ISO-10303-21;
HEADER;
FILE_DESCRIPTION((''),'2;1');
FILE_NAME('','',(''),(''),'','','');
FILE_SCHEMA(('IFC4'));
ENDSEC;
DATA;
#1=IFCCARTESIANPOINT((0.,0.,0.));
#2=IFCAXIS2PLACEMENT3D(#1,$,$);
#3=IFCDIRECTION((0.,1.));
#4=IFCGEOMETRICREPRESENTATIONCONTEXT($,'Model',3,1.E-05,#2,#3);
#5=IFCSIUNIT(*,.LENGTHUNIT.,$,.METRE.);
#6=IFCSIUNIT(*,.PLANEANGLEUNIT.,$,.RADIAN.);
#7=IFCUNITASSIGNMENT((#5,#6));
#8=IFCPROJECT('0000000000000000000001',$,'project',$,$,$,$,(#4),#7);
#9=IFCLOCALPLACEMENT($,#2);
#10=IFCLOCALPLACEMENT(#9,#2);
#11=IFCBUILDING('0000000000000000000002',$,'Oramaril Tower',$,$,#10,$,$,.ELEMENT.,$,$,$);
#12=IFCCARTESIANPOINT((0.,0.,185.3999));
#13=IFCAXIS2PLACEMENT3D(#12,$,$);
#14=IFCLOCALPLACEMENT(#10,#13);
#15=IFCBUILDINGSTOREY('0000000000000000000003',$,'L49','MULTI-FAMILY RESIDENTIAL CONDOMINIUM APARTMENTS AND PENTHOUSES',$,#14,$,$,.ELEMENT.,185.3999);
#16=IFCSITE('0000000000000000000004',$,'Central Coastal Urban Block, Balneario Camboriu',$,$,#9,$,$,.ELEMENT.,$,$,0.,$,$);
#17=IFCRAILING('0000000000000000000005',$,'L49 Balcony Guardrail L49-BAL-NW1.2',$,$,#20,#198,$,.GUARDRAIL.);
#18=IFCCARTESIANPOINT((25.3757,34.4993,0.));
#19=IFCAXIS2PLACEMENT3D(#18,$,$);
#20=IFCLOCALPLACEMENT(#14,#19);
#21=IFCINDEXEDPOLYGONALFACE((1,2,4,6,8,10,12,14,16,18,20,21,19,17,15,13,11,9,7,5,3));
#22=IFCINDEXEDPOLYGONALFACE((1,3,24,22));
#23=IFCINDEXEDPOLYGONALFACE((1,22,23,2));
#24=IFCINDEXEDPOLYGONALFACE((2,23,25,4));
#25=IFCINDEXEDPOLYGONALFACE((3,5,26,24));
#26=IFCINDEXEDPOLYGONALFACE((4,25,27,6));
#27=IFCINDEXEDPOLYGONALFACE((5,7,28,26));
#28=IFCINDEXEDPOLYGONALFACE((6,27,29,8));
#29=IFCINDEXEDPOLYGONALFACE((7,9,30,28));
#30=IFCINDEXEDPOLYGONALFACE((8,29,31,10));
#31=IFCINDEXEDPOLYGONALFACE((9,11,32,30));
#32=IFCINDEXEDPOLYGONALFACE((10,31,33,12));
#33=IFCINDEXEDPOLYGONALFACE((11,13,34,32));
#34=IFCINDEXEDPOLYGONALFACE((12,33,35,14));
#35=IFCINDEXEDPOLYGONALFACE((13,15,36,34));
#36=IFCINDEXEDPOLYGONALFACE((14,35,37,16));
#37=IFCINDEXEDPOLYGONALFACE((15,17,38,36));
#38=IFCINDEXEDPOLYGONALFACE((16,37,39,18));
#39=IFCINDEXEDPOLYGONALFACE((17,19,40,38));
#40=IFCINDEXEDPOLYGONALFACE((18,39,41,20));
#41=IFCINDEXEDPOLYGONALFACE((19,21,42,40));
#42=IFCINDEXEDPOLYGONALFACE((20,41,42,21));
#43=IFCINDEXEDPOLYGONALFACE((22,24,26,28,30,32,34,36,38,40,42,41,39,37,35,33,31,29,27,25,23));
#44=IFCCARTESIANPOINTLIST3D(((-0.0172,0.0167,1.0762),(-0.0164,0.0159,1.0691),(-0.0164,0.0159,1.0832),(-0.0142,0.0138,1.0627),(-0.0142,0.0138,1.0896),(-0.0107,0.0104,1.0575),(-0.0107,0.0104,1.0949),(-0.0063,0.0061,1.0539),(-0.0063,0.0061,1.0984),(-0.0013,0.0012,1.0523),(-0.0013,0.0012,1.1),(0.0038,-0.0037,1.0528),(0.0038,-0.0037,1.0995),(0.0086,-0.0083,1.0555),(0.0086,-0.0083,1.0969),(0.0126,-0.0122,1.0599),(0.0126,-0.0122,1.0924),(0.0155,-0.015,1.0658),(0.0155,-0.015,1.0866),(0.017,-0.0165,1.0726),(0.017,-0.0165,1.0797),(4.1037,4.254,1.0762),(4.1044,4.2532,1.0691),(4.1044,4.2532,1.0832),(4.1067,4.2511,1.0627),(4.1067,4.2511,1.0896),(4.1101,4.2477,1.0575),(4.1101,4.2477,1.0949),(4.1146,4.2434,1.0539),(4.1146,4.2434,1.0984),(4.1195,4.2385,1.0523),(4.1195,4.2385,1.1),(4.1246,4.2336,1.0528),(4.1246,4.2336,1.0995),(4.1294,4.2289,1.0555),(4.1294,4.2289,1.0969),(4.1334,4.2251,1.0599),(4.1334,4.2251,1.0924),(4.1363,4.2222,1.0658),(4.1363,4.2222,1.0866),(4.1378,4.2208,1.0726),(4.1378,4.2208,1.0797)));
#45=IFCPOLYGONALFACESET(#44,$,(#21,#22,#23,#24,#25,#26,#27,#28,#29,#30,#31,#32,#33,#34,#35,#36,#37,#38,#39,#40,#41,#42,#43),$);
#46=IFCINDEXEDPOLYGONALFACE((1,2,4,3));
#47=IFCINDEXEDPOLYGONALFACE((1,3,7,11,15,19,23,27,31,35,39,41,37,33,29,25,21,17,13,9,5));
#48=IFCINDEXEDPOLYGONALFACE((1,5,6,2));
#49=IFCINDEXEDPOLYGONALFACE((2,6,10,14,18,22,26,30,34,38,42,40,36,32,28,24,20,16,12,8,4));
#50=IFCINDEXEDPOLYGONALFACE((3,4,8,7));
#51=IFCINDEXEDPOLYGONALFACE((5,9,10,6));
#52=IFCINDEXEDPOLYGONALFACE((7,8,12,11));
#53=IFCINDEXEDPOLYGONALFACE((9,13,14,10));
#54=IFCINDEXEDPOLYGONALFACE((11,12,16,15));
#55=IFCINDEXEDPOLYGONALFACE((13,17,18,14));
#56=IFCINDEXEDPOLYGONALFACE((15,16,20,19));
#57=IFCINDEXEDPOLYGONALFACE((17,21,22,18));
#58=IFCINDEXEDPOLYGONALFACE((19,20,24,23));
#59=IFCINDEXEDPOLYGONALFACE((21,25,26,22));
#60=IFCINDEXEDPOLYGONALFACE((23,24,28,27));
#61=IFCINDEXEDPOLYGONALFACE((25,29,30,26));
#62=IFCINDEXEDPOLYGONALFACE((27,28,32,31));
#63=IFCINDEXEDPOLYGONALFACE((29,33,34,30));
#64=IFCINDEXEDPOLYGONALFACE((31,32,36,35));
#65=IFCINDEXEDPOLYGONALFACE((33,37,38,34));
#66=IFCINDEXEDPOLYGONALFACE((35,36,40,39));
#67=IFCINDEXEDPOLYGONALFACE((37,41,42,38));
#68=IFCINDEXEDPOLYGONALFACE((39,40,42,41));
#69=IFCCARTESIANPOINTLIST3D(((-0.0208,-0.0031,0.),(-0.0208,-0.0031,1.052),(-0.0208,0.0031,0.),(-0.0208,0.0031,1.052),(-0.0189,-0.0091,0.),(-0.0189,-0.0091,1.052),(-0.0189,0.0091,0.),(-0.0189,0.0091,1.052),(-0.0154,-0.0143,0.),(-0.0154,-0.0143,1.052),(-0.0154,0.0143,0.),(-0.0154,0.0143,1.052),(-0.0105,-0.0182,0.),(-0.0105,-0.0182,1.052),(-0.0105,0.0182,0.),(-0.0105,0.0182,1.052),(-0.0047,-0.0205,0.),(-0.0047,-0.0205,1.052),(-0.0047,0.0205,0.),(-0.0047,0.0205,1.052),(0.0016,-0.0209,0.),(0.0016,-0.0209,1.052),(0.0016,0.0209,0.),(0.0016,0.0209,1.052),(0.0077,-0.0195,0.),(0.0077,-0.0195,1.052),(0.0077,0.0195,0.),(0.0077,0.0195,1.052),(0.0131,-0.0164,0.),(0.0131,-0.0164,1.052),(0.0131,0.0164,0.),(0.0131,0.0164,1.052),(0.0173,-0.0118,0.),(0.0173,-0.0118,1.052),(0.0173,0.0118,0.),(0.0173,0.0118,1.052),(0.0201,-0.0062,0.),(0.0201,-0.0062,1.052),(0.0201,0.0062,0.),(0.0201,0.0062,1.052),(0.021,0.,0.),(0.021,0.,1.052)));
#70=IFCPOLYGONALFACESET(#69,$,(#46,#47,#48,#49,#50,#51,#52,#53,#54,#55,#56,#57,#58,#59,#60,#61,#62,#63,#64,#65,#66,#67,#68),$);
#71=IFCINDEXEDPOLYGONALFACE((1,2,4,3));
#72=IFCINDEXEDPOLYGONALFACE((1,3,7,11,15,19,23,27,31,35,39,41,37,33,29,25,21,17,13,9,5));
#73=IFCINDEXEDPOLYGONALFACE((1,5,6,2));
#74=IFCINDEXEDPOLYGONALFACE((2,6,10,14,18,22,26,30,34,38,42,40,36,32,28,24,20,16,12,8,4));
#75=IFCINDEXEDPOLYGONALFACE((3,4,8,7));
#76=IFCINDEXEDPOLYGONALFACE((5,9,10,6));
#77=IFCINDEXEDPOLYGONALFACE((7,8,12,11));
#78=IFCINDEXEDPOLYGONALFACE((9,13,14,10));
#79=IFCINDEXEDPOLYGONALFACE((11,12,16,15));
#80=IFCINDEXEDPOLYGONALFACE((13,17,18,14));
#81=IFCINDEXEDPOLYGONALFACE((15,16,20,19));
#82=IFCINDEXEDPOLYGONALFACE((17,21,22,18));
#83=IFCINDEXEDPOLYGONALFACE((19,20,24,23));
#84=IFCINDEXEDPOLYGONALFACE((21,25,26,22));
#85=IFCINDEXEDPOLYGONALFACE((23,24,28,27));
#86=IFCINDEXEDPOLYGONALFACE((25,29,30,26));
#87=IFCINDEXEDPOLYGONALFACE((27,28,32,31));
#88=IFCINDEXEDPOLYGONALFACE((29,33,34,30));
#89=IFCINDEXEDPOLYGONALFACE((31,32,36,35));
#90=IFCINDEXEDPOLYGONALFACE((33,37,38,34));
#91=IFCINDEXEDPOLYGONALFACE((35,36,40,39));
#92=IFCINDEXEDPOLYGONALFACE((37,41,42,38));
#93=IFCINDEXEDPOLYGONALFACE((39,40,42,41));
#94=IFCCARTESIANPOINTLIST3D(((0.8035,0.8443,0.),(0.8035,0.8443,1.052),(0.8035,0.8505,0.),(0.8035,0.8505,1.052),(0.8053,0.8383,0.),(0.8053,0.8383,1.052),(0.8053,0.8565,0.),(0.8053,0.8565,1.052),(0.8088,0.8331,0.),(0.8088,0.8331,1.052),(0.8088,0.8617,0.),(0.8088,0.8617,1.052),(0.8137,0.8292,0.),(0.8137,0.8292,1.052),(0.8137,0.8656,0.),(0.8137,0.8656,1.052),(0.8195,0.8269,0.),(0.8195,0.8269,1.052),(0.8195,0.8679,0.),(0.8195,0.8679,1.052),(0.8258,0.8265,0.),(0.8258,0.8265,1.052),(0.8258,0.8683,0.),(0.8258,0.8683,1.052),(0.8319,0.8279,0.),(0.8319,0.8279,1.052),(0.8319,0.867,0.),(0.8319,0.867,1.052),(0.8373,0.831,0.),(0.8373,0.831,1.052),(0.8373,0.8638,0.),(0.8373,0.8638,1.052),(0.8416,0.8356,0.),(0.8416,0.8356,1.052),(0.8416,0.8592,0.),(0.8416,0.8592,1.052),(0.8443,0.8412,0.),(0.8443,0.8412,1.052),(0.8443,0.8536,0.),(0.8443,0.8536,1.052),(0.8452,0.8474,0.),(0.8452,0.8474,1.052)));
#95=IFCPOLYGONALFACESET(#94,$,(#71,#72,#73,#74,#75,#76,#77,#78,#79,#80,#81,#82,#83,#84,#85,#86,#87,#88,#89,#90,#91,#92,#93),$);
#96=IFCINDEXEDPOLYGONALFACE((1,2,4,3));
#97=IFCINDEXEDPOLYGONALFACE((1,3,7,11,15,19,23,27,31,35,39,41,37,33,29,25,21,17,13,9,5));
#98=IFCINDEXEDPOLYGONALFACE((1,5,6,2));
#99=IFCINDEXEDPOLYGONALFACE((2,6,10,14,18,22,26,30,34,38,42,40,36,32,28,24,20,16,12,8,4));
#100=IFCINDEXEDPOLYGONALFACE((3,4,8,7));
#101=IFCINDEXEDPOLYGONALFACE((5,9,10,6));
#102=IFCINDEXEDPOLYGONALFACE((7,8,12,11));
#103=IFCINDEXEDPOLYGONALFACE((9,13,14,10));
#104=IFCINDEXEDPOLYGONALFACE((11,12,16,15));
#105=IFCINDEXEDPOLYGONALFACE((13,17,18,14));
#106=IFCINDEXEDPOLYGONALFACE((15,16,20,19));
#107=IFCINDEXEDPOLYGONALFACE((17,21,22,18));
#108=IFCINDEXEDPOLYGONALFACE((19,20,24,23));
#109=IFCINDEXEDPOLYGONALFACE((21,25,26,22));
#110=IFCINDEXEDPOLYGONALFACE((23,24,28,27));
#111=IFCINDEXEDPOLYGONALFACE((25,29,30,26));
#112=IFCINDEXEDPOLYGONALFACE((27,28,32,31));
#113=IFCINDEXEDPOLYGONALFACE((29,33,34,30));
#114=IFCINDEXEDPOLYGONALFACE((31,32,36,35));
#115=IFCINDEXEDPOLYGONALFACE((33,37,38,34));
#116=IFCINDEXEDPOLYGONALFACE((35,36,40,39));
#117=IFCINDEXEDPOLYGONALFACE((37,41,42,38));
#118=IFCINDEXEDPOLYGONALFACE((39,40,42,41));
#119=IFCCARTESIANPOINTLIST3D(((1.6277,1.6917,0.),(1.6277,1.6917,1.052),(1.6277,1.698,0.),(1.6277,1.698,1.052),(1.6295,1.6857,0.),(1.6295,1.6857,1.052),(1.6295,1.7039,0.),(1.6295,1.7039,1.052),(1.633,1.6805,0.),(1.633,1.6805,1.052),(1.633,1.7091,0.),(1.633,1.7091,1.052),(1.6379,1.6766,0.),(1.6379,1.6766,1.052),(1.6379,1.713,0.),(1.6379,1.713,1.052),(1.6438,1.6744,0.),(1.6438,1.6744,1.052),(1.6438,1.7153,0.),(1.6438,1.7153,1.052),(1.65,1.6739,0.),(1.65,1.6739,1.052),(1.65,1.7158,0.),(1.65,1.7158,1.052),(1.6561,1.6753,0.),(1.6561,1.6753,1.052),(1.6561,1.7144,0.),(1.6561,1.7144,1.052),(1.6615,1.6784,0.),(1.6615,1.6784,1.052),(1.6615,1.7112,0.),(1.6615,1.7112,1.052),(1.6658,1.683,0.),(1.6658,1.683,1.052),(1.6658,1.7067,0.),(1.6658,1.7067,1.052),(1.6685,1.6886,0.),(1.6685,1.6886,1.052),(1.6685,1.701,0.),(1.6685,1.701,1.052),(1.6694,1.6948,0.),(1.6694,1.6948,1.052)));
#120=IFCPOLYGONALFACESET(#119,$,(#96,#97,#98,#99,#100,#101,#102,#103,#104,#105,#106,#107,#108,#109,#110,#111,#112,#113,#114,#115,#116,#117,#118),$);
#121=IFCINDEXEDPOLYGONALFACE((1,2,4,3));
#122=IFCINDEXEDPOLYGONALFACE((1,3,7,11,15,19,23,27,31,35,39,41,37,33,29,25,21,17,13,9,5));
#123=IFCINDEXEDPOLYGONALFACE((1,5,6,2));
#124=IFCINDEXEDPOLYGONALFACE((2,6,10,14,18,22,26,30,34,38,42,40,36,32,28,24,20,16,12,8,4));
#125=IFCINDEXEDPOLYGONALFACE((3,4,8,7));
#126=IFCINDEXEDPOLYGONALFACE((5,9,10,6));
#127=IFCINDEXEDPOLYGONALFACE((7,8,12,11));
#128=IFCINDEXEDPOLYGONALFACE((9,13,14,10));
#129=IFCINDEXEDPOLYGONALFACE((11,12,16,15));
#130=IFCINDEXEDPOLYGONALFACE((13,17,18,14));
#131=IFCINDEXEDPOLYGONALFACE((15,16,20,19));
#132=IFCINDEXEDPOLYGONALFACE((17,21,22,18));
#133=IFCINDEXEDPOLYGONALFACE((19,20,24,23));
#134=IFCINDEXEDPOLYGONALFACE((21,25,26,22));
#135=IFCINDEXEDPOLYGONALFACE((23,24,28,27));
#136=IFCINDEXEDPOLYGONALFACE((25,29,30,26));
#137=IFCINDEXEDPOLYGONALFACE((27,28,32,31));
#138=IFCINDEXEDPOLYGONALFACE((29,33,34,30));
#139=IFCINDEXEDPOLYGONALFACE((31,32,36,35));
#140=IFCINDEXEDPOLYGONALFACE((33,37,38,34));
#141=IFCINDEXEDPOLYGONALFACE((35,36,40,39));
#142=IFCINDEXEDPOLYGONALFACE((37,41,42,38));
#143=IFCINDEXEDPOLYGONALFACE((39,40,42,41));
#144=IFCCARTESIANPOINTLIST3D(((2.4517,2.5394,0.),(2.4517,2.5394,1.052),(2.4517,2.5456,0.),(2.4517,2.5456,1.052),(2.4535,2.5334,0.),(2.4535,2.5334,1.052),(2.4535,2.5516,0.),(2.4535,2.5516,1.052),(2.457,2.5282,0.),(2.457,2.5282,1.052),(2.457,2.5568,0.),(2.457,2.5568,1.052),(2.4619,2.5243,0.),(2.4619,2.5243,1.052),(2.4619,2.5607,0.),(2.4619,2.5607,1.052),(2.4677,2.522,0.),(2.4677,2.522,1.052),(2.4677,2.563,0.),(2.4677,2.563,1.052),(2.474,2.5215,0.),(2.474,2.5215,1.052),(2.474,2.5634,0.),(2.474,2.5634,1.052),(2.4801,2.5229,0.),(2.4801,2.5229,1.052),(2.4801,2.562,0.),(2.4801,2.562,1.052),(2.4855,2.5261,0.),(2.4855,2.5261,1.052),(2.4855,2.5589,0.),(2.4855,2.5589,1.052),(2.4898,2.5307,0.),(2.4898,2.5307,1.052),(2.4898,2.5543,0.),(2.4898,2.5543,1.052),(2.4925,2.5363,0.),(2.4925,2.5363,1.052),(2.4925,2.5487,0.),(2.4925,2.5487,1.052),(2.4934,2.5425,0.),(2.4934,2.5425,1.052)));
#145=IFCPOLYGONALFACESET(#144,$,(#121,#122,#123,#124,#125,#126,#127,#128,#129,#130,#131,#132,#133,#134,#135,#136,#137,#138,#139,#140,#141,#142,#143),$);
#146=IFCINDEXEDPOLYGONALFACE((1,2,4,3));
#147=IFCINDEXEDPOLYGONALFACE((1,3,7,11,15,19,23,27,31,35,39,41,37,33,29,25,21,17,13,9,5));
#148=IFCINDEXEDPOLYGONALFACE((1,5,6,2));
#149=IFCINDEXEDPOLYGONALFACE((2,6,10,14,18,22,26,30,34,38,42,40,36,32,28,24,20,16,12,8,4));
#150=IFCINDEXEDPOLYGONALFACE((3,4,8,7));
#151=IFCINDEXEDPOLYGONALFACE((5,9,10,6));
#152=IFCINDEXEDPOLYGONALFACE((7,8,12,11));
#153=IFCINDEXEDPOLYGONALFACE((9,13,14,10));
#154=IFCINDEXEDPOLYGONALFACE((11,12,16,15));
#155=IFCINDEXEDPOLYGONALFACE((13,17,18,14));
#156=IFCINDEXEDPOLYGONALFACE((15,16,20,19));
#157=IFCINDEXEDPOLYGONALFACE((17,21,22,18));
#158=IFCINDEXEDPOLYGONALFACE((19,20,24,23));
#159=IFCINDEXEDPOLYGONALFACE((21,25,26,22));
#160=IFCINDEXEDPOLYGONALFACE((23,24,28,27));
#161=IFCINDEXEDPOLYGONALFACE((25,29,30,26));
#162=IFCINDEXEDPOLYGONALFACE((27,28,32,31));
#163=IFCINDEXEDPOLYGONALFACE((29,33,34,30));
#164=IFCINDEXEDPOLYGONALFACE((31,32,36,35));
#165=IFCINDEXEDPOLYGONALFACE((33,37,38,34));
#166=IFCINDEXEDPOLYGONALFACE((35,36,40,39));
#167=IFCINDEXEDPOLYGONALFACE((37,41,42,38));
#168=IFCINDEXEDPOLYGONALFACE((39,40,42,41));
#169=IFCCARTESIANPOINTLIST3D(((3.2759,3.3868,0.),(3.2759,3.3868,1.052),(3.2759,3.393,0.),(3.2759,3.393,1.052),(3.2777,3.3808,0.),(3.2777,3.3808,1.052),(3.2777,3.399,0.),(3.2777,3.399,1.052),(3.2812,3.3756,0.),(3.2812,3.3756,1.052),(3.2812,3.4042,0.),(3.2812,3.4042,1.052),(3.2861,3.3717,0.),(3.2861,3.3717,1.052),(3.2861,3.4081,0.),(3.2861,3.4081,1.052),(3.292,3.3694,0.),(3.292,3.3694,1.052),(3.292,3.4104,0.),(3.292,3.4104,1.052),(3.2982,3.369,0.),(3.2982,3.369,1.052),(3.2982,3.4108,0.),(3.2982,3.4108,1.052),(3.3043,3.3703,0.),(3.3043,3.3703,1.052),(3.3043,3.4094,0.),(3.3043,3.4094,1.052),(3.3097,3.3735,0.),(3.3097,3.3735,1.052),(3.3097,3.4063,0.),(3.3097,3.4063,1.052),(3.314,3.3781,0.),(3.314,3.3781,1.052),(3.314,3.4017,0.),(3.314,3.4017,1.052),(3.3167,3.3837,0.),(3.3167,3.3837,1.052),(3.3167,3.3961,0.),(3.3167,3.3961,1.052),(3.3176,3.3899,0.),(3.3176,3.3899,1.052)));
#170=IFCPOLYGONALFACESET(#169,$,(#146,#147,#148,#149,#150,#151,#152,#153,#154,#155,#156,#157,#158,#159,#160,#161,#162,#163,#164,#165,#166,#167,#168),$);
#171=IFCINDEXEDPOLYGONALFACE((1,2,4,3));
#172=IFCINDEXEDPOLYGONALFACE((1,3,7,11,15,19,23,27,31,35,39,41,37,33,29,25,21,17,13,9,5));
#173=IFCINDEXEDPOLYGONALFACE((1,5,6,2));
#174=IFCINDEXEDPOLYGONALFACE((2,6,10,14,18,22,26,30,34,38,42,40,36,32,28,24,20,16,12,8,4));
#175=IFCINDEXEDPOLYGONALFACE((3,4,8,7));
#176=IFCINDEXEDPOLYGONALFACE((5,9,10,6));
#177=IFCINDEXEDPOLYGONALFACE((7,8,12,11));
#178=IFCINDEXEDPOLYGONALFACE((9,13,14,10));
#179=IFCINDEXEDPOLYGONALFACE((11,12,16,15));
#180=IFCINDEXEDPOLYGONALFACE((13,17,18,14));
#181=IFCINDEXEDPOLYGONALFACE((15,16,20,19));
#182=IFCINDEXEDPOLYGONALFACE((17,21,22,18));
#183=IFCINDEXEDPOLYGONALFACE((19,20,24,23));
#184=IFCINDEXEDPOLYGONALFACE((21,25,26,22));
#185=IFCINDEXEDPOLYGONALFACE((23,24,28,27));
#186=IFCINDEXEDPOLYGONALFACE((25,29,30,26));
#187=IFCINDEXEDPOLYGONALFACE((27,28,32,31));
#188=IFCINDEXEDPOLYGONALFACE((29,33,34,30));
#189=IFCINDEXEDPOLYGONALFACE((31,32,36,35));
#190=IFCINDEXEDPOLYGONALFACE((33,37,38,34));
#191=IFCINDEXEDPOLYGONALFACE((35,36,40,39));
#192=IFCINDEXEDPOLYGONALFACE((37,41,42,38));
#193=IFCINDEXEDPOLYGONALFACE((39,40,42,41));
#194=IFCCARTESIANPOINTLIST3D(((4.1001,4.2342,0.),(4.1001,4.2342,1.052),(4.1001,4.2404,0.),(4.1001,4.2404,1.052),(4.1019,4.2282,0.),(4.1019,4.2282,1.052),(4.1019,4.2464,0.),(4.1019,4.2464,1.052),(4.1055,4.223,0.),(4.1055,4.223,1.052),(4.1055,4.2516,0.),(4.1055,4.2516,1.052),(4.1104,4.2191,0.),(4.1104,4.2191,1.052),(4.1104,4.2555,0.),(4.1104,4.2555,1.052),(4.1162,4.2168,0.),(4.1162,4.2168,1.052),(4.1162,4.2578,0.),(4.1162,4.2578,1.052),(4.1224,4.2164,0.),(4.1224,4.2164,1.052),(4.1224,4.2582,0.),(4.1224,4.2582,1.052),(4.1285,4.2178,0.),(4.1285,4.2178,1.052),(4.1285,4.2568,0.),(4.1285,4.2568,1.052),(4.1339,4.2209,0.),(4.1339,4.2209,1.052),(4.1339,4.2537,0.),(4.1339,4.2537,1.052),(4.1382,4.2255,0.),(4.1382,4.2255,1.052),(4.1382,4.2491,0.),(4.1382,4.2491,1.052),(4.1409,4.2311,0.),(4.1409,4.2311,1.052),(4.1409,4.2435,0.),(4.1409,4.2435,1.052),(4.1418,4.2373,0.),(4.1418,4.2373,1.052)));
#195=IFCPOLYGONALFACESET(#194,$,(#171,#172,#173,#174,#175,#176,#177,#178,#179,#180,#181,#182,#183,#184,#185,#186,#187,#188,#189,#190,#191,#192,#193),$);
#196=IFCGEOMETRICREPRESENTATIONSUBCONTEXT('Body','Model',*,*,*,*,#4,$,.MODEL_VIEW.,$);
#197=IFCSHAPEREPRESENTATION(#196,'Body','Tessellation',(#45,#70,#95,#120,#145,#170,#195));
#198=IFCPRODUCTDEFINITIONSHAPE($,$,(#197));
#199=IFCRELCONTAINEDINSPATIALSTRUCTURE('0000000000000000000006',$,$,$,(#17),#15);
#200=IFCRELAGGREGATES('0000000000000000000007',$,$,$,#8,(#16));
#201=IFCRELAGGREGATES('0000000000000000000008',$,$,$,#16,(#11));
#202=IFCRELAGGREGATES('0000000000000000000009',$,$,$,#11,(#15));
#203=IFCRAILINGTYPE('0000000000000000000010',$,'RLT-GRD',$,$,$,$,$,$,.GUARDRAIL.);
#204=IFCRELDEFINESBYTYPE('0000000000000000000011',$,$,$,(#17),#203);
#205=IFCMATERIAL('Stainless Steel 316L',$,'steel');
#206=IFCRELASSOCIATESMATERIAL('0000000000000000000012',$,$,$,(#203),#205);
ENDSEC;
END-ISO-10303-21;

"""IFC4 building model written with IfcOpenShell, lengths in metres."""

from ifc_helpers import new_model, si_unit, direction, frame, origin, origin_2d, place, context, subcontext, project, spatial, circle, extrude, material, type_object, element, save


model = new_model("IFC4")

# Units and contexts
model_context = context("Model", 3, precision=1e-05, world=origin(), true_north=direction((0.0, 1.0)))
body_context = subcontext(model_context, "Body", "Model", "MODEL_VIEW")
ifc_project = project(units=[si_unit("LENGTHUNIT", "METRE"), si_unit("PLANEANGLEUNIT", "RADIAN")], contexts=[model_context])

# Site, building, storey
site_placement = place(None, origin())
site = spatial("IfcSite", under=ifc_project, at=site_placement, Name="Central Coastal Urban Block, Balneario Camboriu", CompositionType="ELEMENT", RefElevation=0.0)
building_placement = place(site_placement, origin())
building = spatial("IfcBuilding", under=site, at=building_placement, Name="Oramaril Tower", CompositionType="ELEMENT")
storey_placement = place(building_placement, frame((0.0, 0.0, 185.3999)))
storey = spatial("IfcBuildingStorey", under=building, at=storey_placement, Name="L49", Description="MULTI-FAMILY RESIDENTIAL CONDOMINIUM APARTMENTS AND PENTHOUSES", CompositionType="ELEMENT", Elevation=185.3999)

# Railing
ifc_material_1 = material(Name="Stainless Steel 316L", Category="steel")
railing_type = type_object("IfcRailingType", Name="RLT-GRD", PredefinedType="GUARDRAIL", material=ifc_material_1)
railing_1_placement = place(storey_placement, frame((25.3757, 34.4993, 0.0)))
element("IfcRailing", 1, at=railing_1_placement, inside=storey, type_object=railing_type, Name="L49 Balcony Guardrail L49-BAL-NW1.2", PredefinedType="GUARDRAIL", context=body_context, shape_type="SweptSolid", body=[
    extrude(circle(Radius=0.0239, at=origin_2d()), frame((0.0, 0.0, 1.0762), z_axis=(0.697187, 0.716889, 0.0), x_axis=(-0.716889, 0.697187, 0.0)), (0.0, 0.0, 1.0), 5.9106),
    extrude(circle(Radius=0.021, at=origin_2d()), origin(), (0.0, 0.0, 1.0), 1.052),
    extrude(circle(Radius=0.021, at=origin_2d()), frame((0.8242, 0.8474, 0.0)), (0.0, 0.0, 1.0), 1.052),
    extrude(circle(Radius=0.021, at=origin_2d()), frame((1.6484, 1.6948, 0.0)), (0.0, 0.0, 1.0), 1.052),
    extrude(circle(Radius=0.021, at=origin_2d()), frame((2.4724, 2.5425, 0.0)), (0.0, 0.0, 1.0), 1.052),
    extrude(circle(Radius=0.021, at=origin_2d()), frame((3.2966, 3.3899, 0.0)), (0.0, 0.0, 1.0), 1.052),
    extrude(circle(Radius=0.021, at=origin_2d()), frame((4.1208, 4.2373, 0.0)), (0.0, 0.0, 1.0), 1.052),
])

save(model, "model.ifc")
